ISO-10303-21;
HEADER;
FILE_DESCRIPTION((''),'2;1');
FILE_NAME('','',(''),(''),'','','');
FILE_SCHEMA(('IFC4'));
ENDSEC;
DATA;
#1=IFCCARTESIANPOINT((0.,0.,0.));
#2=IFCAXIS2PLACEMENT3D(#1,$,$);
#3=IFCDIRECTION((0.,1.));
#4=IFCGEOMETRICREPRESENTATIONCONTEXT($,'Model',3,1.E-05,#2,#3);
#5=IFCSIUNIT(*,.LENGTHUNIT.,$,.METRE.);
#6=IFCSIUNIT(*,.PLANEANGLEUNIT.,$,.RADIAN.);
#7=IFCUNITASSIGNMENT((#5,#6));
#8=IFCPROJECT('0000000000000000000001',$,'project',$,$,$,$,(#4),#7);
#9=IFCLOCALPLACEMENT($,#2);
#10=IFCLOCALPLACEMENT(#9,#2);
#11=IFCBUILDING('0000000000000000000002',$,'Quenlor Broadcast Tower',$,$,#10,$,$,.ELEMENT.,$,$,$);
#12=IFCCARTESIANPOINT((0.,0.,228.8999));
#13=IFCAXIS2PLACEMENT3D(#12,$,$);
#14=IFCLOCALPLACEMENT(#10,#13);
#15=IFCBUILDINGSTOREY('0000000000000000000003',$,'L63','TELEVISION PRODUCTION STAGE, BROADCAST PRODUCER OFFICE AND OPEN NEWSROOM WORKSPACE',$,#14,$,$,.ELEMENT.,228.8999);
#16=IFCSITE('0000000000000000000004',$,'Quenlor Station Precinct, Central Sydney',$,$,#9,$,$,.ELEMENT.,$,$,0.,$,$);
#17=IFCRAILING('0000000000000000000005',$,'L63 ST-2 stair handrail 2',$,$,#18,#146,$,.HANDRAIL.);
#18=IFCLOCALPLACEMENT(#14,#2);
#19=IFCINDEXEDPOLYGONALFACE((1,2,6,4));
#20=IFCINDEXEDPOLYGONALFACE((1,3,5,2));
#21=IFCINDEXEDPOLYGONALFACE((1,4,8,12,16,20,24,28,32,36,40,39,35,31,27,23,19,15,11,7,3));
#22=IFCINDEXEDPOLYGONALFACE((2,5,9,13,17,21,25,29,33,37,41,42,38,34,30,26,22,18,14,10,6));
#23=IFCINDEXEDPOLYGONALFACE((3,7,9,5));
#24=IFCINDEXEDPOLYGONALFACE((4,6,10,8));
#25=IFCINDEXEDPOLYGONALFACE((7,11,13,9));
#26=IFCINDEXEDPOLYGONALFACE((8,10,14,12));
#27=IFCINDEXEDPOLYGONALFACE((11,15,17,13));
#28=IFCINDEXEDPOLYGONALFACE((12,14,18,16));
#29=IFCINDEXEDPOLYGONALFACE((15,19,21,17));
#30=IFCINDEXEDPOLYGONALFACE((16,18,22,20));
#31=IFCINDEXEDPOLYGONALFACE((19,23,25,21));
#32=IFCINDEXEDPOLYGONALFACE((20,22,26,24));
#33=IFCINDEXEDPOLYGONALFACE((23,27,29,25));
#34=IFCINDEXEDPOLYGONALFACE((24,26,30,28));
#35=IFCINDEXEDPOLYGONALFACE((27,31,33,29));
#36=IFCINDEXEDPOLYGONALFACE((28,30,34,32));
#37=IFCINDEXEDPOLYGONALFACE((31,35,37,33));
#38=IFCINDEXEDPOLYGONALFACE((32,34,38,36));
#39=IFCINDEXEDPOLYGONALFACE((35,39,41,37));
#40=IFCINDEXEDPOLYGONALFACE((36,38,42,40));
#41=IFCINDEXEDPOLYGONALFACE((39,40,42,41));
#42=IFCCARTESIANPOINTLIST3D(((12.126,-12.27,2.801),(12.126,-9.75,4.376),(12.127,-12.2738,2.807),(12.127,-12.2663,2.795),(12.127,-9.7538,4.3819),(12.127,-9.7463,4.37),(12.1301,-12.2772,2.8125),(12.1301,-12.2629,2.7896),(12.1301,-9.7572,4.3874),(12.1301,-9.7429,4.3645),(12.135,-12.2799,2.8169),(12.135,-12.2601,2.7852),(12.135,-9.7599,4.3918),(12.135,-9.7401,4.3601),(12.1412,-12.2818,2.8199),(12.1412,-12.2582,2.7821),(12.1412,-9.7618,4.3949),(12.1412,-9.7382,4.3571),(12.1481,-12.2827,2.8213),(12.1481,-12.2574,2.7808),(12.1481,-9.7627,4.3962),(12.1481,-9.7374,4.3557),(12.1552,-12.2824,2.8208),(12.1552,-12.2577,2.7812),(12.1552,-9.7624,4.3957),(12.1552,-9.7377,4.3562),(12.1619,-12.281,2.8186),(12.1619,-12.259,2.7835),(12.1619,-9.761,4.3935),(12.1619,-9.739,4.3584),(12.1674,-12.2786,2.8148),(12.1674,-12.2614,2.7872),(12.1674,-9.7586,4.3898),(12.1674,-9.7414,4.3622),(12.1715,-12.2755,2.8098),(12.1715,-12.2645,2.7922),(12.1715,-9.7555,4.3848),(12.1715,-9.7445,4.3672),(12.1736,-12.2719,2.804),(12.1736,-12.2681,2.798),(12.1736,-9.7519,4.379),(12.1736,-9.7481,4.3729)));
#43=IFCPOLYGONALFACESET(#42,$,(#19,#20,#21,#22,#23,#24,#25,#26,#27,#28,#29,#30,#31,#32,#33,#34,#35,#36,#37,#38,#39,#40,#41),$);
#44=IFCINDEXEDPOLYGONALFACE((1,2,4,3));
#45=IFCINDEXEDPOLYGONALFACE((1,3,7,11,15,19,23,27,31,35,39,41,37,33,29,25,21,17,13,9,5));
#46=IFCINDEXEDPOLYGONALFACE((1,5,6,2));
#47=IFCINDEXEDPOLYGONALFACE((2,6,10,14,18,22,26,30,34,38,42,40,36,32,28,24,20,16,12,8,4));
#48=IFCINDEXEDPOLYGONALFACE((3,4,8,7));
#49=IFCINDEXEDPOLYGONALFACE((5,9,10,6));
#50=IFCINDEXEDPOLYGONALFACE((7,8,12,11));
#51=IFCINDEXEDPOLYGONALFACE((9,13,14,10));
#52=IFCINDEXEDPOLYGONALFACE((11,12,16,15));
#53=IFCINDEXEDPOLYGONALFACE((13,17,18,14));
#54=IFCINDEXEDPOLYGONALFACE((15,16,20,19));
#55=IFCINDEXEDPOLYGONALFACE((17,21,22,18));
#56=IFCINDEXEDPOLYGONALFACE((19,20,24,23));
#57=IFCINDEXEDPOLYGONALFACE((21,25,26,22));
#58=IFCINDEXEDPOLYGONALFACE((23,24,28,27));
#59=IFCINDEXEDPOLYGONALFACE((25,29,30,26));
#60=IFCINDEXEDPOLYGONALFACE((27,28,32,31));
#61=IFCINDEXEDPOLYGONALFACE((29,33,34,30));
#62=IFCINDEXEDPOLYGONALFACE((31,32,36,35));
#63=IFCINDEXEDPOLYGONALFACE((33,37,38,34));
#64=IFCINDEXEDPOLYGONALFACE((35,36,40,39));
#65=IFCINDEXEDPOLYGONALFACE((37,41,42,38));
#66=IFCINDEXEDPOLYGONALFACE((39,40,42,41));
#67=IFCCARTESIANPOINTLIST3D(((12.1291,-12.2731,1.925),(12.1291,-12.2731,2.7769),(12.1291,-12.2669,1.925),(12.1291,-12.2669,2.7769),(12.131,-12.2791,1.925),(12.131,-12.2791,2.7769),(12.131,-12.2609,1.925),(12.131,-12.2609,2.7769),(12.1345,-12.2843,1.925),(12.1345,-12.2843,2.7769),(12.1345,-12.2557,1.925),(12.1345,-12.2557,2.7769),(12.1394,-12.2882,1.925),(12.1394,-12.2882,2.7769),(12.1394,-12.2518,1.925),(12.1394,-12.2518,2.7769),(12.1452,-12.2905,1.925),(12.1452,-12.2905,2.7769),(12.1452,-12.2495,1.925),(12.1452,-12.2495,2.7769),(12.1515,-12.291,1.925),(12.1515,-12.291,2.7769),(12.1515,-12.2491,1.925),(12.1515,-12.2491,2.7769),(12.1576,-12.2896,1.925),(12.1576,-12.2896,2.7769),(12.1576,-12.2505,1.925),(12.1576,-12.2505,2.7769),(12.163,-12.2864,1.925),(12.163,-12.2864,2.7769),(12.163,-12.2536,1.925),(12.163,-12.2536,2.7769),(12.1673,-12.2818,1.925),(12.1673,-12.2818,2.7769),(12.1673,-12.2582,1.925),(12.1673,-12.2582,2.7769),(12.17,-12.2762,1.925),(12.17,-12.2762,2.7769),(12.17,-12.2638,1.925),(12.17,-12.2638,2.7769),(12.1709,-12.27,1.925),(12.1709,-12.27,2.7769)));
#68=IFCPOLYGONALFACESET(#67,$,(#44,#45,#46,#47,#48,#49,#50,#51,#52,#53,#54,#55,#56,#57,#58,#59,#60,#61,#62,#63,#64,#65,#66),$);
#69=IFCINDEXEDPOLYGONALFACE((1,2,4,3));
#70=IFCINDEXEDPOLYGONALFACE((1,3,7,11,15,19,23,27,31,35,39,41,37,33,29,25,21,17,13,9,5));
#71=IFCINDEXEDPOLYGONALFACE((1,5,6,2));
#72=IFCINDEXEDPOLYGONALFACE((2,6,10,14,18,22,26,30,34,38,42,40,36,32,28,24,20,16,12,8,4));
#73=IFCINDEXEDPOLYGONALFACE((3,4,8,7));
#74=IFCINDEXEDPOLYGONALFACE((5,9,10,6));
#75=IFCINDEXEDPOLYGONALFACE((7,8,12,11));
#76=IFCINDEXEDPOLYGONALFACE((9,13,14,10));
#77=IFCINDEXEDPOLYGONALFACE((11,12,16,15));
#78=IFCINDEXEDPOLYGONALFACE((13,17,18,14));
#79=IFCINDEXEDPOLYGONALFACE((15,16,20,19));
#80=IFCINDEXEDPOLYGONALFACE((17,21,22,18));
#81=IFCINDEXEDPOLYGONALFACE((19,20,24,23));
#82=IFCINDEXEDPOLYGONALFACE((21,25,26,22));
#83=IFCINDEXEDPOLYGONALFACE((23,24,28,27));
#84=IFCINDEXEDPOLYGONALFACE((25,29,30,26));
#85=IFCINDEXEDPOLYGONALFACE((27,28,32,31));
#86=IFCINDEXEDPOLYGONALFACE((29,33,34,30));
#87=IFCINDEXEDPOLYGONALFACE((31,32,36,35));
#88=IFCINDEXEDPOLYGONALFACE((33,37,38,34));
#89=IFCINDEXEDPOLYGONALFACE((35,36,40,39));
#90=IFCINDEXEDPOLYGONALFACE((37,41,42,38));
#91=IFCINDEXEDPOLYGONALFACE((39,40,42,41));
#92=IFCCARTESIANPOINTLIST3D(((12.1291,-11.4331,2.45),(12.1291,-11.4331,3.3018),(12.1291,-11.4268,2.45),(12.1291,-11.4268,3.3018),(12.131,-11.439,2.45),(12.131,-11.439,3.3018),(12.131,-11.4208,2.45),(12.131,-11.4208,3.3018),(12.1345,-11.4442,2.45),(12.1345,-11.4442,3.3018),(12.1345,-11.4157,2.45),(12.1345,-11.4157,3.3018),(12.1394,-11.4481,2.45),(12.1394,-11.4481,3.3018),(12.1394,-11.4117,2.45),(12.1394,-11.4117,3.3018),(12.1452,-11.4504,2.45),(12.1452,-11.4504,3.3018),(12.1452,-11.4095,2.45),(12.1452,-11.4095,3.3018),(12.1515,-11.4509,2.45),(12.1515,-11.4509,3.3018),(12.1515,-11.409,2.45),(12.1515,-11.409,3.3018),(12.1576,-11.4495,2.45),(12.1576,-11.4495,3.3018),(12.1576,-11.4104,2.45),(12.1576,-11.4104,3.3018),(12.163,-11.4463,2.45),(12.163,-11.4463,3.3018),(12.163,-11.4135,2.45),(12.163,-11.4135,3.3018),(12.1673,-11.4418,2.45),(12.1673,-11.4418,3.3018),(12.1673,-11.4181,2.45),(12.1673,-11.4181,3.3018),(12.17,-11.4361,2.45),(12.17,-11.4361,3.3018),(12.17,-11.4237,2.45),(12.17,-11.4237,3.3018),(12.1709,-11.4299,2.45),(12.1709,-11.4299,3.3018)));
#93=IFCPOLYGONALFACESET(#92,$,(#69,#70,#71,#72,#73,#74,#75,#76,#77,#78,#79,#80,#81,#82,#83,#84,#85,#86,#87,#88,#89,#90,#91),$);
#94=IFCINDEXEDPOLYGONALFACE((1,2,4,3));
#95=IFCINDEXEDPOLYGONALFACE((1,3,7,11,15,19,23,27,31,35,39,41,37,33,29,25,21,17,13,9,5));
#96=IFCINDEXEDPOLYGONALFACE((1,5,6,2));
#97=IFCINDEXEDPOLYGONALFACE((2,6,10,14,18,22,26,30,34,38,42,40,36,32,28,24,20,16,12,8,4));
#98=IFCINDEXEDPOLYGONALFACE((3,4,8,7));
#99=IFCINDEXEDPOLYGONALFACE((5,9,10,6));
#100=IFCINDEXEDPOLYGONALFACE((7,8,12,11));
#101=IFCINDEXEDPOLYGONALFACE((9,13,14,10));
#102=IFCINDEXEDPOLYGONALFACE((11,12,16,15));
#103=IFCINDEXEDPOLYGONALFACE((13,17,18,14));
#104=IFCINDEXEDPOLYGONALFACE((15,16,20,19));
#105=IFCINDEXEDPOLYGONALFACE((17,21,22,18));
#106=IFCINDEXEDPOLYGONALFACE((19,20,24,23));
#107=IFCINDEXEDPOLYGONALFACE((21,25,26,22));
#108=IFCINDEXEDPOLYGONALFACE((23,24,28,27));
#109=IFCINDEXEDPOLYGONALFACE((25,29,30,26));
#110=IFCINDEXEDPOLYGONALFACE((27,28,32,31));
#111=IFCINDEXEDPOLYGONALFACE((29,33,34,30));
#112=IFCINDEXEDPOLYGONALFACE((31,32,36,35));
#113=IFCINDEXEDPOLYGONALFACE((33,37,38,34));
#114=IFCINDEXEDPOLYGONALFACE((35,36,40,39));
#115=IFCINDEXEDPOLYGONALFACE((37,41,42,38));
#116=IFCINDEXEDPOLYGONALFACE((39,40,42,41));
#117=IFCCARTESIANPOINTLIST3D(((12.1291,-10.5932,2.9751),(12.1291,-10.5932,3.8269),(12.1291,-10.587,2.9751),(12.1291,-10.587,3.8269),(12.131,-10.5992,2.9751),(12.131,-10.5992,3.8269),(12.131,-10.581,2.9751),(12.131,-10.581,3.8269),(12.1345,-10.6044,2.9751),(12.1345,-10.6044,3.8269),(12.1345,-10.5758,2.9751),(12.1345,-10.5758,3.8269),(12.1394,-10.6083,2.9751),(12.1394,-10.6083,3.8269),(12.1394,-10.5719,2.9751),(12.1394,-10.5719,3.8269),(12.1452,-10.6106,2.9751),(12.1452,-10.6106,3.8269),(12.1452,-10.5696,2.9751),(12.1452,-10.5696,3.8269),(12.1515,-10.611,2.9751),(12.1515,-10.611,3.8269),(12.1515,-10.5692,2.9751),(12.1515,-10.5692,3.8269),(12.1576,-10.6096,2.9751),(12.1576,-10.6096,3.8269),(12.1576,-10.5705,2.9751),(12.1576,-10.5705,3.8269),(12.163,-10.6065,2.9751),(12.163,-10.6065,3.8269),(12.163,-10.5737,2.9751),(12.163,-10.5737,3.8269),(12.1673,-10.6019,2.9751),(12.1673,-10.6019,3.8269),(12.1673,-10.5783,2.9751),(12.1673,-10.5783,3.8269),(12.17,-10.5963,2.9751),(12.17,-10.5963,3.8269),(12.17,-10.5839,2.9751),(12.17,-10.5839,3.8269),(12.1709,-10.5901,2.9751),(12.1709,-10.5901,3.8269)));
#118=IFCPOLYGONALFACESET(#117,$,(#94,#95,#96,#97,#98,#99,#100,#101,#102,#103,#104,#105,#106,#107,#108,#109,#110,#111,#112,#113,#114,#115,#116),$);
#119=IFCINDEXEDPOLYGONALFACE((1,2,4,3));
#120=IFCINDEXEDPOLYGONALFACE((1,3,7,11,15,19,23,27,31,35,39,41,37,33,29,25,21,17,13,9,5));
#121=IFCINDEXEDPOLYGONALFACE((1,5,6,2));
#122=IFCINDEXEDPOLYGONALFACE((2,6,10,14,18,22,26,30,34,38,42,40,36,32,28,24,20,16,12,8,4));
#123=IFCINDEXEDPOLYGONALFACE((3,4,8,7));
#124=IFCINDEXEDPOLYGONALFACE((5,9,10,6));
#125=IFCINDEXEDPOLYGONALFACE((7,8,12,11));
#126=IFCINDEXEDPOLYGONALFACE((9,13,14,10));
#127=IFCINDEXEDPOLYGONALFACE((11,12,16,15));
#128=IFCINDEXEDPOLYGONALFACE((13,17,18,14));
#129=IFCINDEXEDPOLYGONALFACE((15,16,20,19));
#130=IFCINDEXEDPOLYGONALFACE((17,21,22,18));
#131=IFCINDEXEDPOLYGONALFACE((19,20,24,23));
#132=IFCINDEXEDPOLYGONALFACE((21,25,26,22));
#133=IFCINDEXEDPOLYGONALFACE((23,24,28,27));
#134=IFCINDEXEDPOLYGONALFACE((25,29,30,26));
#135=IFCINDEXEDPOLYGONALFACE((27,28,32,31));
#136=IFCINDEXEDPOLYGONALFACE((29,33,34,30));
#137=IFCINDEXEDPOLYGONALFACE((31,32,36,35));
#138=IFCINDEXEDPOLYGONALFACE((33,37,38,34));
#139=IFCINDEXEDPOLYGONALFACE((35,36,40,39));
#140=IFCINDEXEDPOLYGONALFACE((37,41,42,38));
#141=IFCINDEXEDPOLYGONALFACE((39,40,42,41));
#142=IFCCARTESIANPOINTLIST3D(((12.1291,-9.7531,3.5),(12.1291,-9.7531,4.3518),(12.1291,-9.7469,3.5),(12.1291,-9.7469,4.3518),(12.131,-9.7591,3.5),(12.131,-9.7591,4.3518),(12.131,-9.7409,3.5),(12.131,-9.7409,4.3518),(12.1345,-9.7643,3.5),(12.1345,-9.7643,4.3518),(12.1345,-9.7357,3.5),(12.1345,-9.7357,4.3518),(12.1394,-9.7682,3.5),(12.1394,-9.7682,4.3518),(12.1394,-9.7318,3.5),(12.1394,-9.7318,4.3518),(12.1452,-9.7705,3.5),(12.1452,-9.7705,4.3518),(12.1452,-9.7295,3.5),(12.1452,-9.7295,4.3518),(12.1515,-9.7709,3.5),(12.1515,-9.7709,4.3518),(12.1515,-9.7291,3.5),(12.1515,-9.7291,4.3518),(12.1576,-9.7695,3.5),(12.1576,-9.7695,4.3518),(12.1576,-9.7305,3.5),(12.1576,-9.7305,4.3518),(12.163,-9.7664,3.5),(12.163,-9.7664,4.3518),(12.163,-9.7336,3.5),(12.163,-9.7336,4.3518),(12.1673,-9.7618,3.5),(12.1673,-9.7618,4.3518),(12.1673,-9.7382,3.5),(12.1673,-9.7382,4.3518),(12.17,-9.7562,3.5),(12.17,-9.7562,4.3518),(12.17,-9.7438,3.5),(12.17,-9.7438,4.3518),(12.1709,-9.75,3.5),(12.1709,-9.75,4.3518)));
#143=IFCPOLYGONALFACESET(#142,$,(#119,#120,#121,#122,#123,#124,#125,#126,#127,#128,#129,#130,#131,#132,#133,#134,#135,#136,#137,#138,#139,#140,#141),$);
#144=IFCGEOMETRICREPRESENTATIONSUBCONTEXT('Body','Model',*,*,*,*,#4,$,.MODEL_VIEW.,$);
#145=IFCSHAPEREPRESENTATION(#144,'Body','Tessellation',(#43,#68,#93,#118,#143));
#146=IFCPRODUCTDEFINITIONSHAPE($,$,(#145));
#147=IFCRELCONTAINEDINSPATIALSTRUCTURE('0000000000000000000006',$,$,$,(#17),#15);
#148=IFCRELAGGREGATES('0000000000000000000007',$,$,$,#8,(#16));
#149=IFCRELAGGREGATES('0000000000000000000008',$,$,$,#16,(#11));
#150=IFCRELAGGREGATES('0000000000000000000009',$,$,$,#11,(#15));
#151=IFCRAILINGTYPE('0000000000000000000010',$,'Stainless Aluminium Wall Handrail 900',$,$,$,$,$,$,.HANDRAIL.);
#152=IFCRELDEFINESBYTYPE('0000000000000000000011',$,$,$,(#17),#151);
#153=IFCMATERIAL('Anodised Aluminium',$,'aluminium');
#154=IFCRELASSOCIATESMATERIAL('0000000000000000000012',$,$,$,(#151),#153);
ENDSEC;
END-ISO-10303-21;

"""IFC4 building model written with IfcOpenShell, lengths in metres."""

from ifc_helpers import new_model, si_unit, direction, frame, origin, origin_2d, place, context, subcontext, project, spatial, circle, extrude, material, type_object, element, save


model = new_model("IFC4")

# Units and contexts
model_context = context("Model", 3, precision=1e-05, world=origin(), true_north=direction((0.0, 1.0)))
body_context = subcontext(model_context, "Body", "Model", "MODEL_VIEW")
ifc_project = project(units=[si_unit("LENGTHUNIT", "METRE"), si_unit("PLANEANGLEUNIT", "RADIAN")], contexts=[model_context])

# Site, building, storey
site_placement = place(None, origin())
site = spatial("IfcSite", under=ifc_project, at=site_placement, Name="Quenlor Station Precinct, Central Sydney", CompositionType="ELEMENT", RefElevation=0.0)
building_placement = place(site_placement, origin())
building = spatial("IfcBuilding", under=site, at=building_placement, Name="Quenlor Broadcast Tower", CompositionType="ELEMENT")
storey_placement = place(building_placement, frame((0.0, 0.0, 228.8999)))
storey = spatial("IfcBuildingStorey", under=building, at=storey_placement, Name="L63", Description="TELEVISION PRODUCTION STAGE, BROADCAST PRODUCER OFFICE AND OPEN NEWSROOM WORKSPACE", CompositionType="ELEMENT", Elevation=228.8999)

# Railing
ifc_material_1 = material(Name="Anodised Aluminium", Category="aluminium")
railing_type_1 = type_object("IfcRailingType", Name="Stainless Aluminium Wall Handrail 900", PredefinedType="HANDRAIL", material=ifc_material_1)
railing_1_placement = place(storey_placement, frame((12.1499, -12.27, 1.925)))
element("IfcRailing", 1, at=railing_1_placement, inside=storey, type_object=railing_type_1, Name="L63 ST-2 stair handrail 2", PredefinedType="HANDRAIL", context=body_context, shape_type="SweptSolid", body=[
    extrude(circle(Radius=0.0239, at=origin_2d()), frame((0.0, 0.0, 0.876), z_axis=(0.0, 0.848008, 0.529984), x_axis=(-1.0, 0.0, 0.0)), (0.0, 0.0, 1.0), 2.9717),
    extrude(circle(Radius=0.021, at=origin_2d()), origin(), (0.0, 0.0, 1.0), 0.8518),
    extrude(circle(Radius=0.021, at=origin_2d()), frame((0.0, 0.8401, 0.5249)), (0.0, 0.0, 1.0), 0.8518),
    extrude(circle(Radius=0.021, at=origin_2d()), frame((0.0, 1.6799, 1.05)), (0.0, 0.0, 1.0), 0.8518),
    extrude(circle(Radius=0.021, at=origin_2d()), frame((0.0, 2.52, 1.575)), (0.0, 0.0, 1.0), 0.8518),
])

save(model, "model.ifc")
